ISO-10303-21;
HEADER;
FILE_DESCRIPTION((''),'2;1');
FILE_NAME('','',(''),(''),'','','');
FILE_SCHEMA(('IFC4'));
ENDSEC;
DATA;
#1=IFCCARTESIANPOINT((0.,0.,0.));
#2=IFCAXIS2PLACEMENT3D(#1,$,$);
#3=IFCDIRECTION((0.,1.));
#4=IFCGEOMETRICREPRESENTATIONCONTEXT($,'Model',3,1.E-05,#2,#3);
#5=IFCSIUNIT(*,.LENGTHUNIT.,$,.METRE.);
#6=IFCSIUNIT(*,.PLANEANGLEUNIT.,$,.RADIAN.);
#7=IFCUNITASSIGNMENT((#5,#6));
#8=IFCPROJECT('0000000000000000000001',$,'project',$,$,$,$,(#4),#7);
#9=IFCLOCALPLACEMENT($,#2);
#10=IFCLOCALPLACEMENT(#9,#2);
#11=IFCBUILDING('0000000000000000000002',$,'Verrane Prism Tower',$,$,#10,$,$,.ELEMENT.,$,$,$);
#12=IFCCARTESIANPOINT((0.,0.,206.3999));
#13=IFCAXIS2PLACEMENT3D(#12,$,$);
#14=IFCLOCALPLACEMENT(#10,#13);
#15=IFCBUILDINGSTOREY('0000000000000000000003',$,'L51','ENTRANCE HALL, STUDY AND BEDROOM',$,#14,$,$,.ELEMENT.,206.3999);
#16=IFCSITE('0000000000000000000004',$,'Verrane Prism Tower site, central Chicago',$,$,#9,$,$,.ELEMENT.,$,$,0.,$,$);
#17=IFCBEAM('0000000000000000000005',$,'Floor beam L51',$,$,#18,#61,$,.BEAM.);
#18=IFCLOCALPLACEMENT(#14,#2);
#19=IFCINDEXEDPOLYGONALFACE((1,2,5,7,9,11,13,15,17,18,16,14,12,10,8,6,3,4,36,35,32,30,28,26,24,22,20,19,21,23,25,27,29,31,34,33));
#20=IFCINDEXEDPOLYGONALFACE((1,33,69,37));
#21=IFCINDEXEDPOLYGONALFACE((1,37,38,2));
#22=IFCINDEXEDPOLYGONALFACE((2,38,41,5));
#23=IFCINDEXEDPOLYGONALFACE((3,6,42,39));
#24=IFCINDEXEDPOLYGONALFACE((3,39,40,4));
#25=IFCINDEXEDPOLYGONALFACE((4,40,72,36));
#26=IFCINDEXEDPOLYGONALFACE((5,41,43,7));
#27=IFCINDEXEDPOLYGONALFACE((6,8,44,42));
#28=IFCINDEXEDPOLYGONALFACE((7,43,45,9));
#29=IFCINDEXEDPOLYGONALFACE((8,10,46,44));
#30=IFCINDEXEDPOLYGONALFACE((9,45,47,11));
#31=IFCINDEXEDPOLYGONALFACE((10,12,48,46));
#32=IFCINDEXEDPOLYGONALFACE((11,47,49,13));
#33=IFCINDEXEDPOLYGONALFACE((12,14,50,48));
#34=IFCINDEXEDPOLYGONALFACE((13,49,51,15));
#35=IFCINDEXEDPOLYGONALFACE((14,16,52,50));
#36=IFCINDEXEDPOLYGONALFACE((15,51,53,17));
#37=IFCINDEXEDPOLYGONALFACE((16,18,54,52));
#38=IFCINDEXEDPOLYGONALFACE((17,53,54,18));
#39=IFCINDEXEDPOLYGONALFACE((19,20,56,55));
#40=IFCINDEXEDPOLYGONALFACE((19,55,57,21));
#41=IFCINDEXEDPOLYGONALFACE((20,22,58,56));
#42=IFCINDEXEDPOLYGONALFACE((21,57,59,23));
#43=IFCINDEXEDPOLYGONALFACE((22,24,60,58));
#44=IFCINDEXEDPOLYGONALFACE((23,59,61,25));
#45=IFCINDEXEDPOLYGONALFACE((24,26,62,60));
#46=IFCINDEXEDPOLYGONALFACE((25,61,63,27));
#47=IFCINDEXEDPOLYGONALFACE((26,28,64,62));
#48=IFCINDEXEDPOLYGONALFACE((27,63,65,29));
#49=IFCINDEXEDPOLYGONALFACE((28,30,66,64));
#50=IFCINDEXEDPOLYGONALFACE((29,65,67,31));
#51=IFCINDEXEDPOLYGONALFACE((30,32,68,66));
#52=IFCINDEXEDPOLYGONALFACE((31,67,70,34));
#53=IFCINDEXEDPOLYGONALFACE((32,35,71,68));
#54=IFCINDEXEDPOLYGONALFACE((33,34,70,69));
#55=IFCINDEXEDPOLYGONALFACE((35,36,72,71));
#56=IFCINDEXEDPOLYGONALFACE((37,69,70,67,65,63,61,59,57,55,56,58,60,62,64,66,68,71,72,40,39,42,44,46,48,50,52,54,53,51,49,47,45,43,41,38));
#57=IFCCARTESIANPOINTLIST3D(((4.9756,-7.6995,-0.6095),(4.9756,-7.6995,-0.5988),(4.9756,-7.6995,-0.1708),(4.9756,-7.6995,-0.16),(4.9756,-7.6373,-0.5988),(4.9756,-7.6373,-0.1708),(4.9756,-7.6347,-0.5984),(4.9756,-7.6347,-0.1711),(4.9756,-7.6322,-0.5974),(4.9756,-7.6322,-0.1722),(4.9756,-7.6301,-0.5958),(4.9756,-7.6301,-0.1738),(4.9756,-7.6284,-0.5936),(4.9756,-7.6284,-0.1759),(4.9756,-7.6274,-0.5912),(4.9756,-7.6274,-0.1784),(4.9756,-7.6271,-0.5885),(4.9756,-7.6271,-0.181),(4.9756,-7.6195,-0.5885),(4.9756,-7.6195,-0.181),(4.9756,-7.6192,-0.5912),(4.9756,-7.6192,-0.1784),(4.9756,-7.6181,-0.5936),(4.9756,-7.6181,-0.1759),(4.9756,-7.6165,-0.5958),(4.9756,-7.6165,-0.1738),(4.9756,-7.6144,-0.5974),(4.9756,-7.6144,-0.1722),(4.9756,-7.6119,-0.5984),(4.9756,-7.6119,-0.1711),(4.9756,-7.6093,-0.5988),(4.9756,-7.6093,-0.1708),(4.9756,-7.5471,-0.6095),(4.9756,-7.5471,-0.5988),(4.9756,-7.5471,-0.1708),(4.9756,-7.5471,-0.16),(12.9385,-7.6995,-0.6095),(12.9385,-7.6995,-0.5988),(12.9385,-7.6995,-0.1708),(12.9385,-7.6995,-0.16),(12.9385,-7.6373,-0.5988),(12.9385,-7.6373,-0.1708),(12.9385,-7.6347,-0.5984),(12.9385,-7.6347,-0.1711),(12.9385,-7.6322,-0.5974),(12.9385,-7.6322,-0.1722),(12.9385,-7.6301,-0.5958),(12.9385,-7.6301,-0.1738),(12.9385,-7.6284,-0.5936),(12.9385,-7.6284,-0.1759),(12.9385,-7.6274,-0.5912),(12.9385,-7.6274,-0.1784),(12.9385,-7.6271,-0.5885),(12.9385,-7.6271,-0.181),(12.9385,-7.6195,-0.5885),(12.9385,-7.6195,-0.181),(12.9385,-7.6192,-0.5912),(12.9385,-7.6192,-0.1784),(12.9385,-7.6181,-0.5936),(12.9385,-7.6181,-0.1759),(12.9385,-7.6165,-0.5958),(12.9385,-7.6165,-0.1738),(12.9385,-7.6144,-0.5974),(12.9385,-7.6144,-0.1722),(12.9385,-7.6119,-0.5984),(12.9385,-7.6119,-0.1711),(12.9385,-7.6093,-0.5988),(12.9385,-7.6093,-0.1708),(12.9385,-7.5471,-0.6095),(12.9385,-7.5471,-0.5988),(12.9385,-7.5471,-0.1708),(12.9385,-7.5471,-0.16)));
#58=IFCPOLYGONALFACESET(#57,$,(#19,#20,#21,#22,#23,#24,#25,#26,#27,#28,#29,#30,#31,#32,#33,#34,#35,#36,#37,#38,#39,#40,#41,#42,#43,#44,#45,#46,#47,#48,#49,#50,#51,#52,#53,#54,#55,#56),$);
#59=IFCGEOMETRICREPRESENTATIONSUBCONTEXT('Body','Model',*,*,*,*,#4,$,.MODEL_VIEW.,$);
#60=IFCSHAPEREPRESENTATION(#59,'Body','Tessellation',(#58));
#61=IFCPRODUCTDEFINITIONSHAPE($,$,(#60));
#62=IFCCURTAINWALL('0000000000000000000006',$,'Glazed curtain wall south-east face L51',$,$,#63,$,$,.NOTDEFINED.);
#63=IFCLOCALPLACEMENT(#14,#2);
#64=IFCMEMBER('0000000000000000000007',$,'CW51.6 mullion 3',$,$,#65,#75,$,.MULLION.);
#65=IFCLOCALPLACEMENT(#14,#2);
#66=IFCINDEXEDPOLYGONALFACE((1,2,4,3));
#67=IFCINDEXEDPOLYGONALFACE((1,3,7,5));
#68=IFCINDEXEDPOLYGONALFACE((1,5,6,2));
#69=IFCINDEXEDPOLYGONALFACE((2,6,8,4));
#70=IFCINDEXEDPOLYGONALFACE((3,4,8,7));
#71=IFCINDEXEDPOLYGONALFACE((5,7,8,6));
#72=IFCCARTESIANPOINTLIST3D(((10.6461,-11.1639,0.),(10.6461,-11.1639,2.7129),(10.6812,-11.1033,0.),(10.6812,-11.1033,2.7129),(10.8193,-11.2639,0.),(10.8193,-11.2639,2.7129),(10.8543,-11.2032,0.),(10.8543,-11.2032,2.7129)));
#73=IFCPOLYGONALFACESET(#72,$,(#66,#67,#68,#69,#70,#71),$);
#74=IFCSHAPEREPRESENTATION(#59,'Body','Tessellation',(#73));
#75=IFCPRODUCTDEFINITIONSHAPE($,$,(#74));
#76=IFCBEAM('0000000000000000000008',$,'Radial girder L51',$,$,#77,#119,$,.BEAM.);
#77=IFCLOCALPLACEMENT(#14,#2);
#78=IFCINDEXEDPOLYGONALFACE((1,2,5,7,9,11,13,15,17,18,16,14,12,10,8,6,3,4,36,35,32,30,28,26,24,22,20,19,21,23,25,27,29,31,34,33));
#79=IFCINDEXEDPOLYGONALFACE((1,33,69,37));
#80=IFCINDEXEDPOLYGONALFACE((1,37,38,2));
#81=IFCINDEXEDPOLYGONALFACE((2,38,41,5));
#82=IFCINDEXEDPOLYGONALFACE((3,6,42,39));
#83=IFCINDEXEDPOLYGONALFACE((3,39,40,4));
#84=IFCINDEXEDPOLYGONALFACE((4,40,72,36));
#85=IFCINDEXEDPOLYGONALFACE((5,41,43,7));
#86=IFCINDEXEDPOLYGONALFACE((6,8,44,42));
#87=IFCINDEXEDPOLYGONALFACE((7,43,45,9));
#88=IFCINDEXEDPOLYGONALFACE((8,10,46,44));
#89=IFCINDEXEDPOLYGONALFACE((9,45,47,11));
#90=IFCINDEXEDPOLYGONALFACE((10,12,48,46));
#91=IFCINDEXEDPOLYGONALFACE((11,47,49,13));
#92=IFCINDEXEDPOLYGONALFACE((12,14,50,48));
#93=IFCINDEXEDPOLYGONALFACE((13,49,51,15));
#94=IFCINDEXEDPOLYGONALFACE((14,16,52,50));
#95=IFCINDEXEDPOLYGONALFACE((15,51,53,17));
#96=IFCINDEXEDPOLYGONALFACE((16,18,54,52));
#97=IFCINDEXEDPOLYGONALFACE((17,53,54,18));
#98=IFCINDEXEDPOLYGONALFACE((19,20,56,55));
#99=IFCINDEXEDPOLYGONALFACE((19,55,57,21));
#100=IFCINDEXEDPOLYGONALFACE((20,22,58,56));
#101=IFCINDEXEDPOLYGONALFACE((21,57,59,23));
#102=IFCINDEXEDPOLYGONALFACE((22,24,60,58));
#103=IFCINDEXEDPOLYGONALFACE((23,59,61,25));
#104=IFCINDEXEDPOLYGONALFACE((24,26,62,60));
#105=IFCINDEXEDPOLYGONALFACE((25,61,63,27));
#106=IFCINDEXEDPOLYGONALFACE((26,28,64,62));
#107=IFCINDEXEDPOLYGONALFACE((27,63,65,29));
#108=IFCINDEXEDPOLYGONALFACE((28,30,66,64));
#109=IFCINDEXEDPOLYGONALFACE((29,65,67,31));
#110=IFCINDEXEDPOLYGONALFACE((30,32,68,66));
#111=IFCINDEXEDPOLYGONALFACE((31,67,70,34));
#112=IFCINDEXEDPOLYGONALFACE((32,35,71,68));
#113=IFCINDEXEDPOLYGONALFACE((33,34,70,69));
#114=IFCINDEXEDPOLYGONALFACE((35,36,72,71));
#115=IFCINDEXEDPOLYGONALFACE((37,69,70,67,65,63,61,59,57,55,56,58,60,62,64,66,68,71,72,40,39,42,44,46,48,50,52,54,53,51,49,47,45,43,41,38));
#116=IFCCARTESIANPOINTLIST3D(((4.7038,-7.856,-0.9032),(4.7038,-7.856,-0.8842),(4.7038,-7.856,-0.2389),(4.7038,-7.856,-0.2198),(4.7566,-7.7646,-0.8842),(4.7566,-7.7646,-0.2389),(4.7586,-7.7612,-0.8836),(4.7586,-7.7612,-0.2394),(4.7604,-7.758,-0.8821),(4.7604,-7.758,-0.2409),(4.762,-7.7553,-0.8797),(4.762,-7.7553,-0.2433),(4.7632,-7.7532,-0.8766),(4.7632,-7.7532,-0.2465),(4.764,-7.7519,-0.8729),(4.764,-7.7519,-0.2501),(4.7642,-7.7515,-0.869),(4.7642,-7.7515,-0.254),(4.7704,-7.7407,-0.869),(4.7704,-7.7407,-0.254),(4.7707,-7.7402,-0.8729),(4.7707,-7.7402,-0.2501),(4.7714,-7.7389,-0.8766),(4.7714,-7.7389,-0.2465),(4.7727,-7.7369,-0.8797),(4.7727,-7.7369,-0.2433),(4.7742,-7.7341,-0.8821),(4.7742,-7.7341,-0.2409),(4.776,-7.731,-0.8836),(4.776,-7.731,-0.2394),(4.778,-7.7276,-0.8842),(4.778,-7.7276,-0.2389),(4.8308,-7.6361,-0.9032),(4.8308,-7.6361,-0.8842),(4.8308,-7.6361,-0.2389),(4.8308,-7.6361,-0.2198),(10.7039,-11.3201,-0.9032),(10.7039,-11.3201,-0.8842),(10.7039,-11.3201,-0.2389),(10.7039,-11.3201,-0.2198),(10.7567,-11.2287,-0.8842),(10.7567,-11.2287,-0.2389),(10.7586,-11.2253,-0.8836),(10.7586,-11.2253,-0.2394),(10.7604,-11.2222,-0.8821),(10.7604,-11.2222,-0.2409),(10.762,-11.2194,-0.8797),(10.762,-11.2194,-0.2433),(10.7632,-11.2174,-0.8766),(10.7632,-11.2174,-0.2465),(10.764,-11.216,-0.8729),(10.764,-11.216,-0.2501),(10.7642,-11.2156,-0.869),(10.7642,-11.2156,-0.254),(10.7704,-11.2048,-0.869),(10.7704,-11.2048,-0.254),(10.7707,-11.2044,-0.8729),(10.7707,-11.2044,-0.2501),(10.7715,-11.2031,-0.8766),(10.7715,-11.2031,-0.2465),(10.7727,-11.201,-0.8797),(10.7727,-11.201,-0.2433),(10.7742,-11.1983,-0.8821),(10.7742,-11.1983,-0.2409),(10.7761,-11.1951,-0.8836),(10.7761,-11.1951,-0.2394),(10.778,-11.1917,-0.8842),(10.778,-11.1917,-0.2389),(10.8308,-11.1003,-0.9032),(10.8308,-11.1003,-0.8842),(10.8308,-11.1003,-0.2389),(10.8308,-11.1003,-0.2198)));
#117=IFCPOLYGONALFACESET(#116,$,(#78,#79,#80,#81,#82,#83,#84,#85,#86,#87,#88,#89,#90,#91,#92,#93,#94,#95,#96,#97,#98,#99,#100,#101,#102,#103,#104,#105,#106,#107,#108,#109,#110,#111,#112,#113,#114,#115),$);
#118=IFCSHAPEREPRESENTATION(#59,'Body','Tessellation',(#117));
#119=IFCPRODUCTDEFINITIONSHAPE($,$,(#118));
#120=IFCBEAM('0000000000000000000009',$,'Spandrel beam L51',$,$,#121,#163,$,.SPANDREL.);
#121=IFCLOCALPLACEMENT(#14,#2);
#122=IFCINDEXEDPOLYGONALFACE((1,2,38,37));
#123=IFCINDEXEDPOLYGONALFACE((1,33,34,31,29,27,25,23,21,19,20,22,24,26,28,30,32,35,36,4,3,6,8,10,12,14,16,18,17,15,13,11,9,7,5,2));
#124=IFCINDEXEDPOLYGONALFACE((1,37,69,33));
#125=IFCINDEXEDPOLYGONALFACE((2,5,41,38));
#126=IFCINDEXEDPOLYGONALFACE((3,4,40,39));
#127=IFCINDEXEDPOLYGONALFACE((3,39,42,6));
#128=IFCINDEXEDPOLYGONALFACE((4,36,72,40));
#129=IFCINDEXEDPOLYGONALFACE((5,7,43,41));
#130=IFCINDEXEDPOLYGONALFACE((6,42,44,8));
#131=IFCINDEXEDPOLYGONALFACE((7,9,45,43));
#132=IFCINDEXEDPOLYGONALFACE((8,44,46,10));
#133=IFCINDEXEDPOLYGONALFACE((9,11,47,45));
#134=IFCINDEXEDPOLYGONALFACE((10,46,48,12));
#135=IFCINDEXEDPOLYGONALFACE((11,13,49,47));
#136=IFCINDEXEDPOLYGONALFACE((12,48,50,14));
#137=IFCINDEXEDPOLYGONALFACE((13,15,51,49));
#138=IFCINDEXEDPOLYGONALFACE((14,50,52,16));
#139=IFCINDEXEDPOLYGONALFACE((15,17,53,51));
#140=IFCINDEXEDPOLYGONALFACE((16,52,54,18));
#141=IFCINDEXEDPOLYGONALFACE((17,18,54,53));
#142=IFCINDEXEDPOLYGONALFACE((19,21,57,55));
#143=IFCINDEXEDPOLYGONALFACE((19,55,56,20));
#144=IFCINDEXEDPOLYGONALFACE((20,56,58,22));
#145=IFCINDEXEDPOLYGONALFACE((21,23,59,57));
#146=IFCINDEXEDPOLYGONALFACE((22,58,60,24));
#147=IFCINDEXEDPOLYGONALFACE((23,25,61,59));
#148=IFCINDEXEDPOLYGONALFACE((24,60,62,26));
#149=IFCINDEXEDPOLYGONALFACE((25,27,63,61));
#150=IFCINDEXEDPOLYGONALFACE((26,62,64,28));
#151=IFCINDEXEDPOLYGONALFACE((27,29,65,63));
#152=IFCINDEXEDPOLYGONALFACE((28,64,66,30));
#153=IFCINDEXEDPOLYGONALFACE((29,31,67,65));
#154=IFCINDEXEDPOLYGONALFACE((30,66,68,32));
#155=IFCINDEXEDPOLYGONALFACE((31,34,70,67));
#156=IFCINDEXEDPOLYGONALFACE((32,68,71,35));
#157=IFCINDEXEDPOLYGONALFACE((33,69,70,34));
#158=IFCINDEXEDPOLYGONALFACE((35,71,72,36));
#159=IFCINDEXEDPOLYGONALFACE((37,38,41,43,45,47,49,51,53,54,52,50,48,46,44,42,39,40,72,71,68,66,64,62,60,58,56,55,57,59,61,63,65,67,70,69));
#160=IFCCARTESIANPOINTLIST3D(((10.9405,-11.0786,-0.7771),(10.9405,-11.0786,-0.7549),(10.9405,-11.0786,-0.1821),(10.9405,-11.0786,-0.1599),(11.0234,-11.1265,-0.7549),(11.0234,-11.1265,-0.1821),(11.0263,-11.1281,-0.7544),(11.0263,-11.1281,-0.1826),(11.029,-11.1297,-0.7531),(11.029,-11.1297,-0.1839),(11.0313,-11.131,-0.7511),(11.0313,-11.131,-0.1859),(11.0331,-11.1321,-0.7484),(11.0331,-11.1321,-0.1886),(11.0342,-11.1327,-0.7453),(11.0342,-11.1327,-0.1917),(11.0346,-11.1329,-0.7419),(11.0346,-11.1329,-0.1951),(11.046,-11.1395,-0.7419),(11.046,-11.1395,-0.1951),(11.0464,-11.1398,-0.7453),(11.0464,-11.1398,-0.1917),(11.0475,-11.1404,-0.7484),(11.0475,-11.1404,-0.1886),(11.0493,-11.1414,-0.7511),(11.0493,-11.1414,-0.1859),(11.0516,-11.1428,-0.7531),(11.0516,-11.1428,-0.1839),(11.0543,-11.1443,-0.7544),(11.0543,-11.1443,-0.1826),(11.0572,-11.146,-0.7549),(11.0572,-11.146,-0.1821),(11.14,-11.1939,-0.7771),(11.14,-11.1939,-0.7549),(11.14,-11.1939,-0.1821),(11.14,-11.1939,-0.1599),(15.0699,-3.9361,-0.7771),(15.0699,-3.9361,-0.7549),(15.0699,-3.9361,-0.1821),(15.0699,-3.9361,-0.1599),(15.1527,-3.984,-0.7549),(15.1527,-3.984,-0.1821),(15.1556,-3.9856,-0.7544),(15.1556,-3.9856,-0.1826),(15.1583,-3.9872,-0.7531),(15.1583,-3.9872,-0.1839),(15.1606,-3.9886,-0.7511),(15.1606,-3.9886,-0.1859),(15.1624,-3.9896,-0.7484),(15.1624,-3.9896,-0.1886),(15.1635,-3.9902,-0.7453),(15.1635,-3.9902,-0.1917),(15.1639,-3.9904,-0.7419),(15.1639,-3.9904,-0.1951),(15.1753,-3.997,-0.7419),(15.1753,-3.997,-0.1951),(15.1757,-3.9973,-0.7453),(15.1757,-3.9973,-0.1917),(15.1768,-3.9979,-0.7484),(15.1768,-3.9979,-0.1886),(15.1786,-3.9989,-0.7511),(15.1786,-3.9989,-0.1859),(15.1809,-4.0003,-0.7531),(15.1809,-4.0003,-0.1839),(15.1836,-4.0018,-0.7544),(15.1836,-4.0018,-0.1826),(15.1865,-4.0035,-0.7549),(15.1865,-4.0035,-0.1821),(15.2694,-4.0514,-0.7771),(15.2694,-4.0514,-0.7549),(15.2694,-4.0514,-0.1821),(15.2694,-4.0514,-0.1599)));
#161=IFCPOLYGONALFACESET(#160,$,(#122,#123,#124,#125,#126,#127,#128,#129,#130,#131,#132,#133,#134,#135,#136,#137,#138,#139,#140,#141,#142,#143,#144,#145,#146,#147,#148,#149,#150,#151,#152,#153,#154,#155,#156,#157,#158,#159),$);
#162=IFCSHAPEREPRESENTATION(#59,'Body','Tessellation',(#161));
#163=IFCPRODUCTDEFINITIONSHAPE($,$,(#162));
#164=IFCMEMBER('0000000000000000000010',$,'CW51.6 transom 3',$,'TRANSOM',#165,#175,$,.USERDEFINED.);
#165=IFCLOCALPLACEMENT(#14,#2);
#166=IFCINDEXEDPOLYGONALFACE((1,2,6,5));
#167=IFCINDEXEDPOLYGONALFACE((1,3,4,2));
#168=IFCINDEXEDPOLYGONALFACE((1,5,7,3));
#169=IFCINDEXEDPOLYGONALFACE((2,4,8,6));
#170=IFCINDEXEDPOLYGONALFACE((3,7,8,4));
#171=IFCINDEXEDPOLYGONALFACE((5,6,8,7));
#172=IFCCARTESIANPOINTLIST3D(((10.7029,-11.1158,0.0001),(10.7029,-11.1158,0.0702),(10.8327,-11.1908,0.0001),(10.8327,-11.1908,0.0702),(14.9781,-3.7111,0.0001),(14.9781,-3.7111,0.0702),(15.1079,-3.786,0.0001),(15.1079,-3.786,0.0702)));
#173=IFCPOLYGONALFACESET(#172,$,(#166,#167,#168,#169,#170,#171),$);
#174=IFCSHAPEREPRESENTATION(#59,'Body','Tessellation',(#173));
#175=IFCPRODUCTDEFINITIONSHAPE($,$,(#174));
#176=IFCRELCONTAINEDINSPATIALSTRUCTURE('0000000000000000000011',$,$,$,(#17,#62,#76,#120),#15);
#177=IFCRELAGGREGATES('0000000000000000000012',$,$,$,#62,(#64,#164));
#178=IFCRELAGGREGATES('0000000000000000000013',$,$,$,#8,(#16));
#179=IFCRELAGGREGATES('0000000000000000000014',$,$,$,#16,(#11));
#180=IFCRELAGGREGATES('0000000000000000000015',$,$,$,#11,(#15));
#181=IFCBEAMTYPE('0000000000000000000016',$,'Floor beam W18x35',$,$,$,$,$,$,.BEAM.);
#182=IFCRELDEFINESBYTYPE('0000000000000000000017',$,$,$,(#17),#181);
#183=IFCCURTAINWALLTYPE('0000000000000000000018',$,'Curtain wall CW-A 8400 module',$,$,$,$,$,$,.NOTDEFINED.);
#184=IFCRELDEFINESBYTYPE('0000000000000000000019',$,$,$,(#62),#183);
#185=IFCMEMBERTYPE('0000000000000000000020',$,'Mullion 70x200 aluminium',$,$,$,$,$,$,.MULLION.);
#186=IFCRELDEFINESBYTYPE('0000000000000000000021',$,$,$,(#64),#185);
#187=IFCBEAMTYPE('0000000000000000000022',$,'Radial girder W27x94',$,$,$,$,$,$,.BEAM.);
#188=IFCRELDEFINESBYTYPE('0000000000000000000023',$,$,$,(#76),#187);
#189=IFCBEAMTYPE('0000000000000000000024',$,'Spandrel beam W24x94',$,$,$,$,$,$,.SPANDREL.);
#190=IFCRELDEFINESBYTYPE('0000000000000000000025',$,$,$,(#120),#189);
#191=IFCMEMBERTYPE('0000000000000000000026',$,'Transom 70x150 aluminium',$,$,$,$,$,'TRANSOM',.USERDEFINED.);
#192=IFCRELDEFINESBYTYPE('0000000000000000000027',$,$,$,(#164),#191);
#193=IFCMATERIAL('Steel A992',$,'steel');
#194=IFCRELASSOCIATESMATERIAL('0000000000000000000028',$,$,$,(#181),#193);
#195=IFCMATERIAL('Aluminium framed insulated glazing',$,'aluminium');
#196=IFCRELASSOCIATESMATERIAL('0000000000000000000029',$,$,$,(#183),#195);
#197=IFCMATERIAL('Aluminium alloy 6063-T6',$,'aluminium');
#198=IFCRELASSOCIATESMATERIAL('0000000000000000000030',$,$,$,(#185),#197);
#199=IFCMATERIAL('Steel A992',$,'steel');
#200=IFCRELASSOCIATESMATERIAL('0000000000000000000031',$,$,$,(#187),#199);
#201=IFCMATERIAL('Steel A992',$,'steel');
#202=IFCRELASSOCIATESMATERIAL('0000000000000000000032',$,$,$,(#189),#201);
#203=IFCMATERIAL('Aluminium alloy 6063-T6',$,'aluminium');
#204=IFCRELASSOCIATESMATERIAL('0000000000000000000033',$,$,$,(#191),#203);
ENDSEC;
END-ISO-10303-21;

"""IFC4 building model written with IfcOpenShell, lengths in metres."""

from ifc_helpers import new_model, si_unit, direction, frame, origin, origin_2d, place, context, subcontext, project, spatial, rectangle, i_section, extrude, material, material_profile, profile_set, type_object, element, aggregate, save


model = new_model("IFC4")

# Units and contexts
model_context = context("Model", 3, precision=1e-05, world=origin(), true_north=direction((0.0, 1.0)))
body_context = subcontext(model_context, "Body", "Model", "MODEL_VIEW")
ifc_project = project(units=[si_unit("LENGTHUNIT", "METRE"), si_unit("PLANEANGLEUNIT", "RADIAN")], contexts=[model_context])

# Site, building, storey
site_placement = place(None, origin())
site = spatial("IfcSite", under=ifc_project, at=site_placement, Name="Verrane Prism Tower site, central Chicago", CompositionType="ELEMENT", RefElevation=0.0)
building_placement = place(site_placement, origin())
building = spatial("IfcBuilding", under=site, at=building_placement, Name="Verrane Prism Tower", CompositionType="ELEMENT")
storey_placement = place(building_placement, frame((0.0, 0.0, 206.3999)))
storey = spatial("IfcBuildingStorey", under=building, at=storey_placement, Name="L51", Description="ENTRANCE HALL, STUDY AND BEDROOM", CompositionType="ELEMENT", Elevation=206.3999)

# Beam
ifc_material_1 = material(Name="Steel A992", Category="steel")
ifc_material_profile_1 = material_profile(ifc_material_1, i_section(OverallWidth=0.1523, OverallDepth=0.4495, WebThickness=0.0076, FlangeThickness=0.0107, FilletRadius=0.0103, at=origin_2d()), Name="W18x35")
ifc_profile_set_1 = profile_set([ifc_material_profile_1], Name="Steel A992")
beam_type_1 = type_object("IfcBeamType", Name="Floor beam W18x35", PredefinedType="BEAM", material=ifc_profile_set_1)
beam_1_placement = place(storey_placement, frame((4.9756, -7.6233, -0.3848), z_axis=(1.0, 0.0, 0.0), x_axis=(0.0, 1.0, 0.0)))
element("IfcBeam", 1, at=beam_1_placement, inside=storey, type_object=beam_type_1, Name="Floor beam L51", PredefinedType="BEAM", context=body_context, shape_type="SweptSolid", body=[
    extrude(i_section(OverallWidth=0.1523, OverallDepth=0.4495, WebThickness=0.0076, FlangeThickness=0.0107, FilletRadius=0.0103, at=origin_2d()), origin(), (0.0, 0.0, 1.0), 7.9629),
])

# Curtain wall, member
ifc_material_2 = material(Name="Aluminium framed insulated glazing", Category="aluminium")
curtain_wall_type = type_object("IfcCurtainWallType", Name="Curtain wall CW-A 8400 module", PredefinedType="NOTDEFINED", material=ifc_material_2)
curtain_wall_placement = place(storey_placement, origin())
curtain_wall = element("IfcCurtainWall", 2, at=curtain_wall_placement, inside=storey, type_object=curtain_wall_type, Name="Glazed curtain wall south-east face L51", PredefinedType="NOTDEFINED")
ifc_material_3 = material(Name="Aluminium alloy 6063-T6", Category="aluminium")
ifc_material_profile_2 = material_profile(ifc_material_3, rectangle(XDim=0.2, YDim=0.0701, at=origin_2d()), Name="Mullion 70x200 aluminium")
ifc_profile_set_2 = profile_set([ifc_material_profile_2], Name="Aluminium alloy 6063-T6")
member_type_1 = type_object("IfcMemberType", Name="Mullion 70x200 aluminium", PredefinedType="MULLION", material=ifc_profile_set_2)
member_1_placement = place(storey_placement, frame((10.7502, -11.1836, 0.0), z_axis=(0.0, 0.0, 1.0), x_axis=(-0.866026, 0.499999, 0.0)))
member_1 = element("IfcMember", 3, at=member_1_placement, type_object=member_type_1, Name="CW51.6 mullion 3", PredefinedType="MULLION", context=body_context, shape_type="SweptSolid", body=[
    extrude(rectangle(XDim=0.2, YDim=0.0701, at=origin_2d()), origin(), (0.0, 0.0, 1.0), 2.7129),
])

# Beams
ifc_material_4 = material(Name="Steel A992", Category="steel")
ifc_material_profile_3 = material_profile(ifc_material_4, i_section(OverallWidth=0.2539, OverallDepth=0.6833, WebThickness=0.0125, FlangeThickness=0.019, FilletRadius=0.0151, at=origin_2d()), Name="W27x94")
ifc_profile_set_3 = profile_set([ifc_material_profile_3], Name="Steel A992")
beam_type_2 = type_object("IfcBeamType", Name="Radial girder W27x94", PredefinedType="BEAM", material=ifc_profile_set_3)
beam_2_placement = place(storey_placement, frame((10.7673, -11.2102, -0.5615), z_axis=(-0.866025, 0.500001, 0.0), x_axis=(-0.500001, -0.866025, 0.0)))
element("IfcBeam", 4, at=beam_2_placement, inside=storey, type_object=beam_type_2, Name="Radial girder L51", PredefinedType="BEAM", context=body_context, shape_type="SweptSolid", body=[
    extrude(i_section(OverallWidth=0.2539, OverallDepth=0.6833, WebThickness=0.0125, FlangeThickness=0.019, FilletRadius=0.0151, at=origin_2d()), origin(), (0.0, 0.0, 1.0), 6.9282),
])
ifc_material_5 = material(Name="Steel A992", Category="steel")
ifc_material_profile_4 = material_profile(ifc_material_5, i_section(OverallWidth=0.2305, OverallDepth=0.6172, WebThickness=0.0132, FlangeThickness=0.0222, FilletRadius=0.0129, at=origin_2d()), Name="W24x94")
ifc_profile_set_4 = profile_set([ifc_material_profile_4], Name="Steel A992")
beam_type_3 = type_object("IfcBeamType", Name="Spandrel beam W24x94", PredefinedType="SPANDREL", material=ifc_profile_set_4)
beam_3_placement = place(storey_placement, frame((11.0403, -11.1362, -0.4685), z_axis=(0.500511, 0.86573, 0.0), x_axis=(-0.86573, 0.500511, 0.0)))
element("IfcBeam", 5, at=beam_3_placement, inside=storey, type_object=beam_type_3, Name="Spandrel beam L51", PredefinedType="SPANDREL", context=body_context, shape_type="SweptSolid", body=[
    extrude(i_section(OverallWidth=0.2305, OverallDepth=0.6172, WebThickness=0.0132, FlangeThickness=0.0222, FilletRadius=0.0129, at=origin_2d()), origin(), (0.0, 0.0, 1.0), 8.2502),
])

# Member
ifc_material_6 = material(Name="Aluminium alloy 6063-T6", Category="aluminium")
ifc_material_profile_5 = material_profile(ifc_material_6, rectangle(XDim=0.1499, YDim=0.0701, at=origin_2d()), Name="Transom 70x150 aluminium")
ifc_profile_set_5 = profile_set([ifc_material_profile_5], Name="Aluminium alloy 6063-T6")
member_type_2 = type_object("IfcMemberType", Name="Transom 70x150 aluminium", ElementType="TRANSOM", PredefinedType="USERDEFINED", material=ifc_profile_set_5)
member_2_placement = place(storey_placement, frame((10.7678, -11.1533, 0.0352), z_axis=(0.499999, 0.866026, 0.0), x_axis=(-0.866026, 0.499999, 0.0)))
member_2 = element("IfcMember", 6, at=member_2_placement, type_object=member_type_2, Name="CW51.6 transom 3", ObjectType="TRANSOM", PredefinedType="USERDEFINED", context=body_context, shape_type="SweptSolid", body=[
    extrude(rectangle(XDim=0.1499, YDim=0.0701, at=origin_2d()), origin(), (0.0, 0.0, 1.0), 8.5503),
])

aggregate(curtain_wall, [member_1, member_2])

save(model, "model.ifc")
